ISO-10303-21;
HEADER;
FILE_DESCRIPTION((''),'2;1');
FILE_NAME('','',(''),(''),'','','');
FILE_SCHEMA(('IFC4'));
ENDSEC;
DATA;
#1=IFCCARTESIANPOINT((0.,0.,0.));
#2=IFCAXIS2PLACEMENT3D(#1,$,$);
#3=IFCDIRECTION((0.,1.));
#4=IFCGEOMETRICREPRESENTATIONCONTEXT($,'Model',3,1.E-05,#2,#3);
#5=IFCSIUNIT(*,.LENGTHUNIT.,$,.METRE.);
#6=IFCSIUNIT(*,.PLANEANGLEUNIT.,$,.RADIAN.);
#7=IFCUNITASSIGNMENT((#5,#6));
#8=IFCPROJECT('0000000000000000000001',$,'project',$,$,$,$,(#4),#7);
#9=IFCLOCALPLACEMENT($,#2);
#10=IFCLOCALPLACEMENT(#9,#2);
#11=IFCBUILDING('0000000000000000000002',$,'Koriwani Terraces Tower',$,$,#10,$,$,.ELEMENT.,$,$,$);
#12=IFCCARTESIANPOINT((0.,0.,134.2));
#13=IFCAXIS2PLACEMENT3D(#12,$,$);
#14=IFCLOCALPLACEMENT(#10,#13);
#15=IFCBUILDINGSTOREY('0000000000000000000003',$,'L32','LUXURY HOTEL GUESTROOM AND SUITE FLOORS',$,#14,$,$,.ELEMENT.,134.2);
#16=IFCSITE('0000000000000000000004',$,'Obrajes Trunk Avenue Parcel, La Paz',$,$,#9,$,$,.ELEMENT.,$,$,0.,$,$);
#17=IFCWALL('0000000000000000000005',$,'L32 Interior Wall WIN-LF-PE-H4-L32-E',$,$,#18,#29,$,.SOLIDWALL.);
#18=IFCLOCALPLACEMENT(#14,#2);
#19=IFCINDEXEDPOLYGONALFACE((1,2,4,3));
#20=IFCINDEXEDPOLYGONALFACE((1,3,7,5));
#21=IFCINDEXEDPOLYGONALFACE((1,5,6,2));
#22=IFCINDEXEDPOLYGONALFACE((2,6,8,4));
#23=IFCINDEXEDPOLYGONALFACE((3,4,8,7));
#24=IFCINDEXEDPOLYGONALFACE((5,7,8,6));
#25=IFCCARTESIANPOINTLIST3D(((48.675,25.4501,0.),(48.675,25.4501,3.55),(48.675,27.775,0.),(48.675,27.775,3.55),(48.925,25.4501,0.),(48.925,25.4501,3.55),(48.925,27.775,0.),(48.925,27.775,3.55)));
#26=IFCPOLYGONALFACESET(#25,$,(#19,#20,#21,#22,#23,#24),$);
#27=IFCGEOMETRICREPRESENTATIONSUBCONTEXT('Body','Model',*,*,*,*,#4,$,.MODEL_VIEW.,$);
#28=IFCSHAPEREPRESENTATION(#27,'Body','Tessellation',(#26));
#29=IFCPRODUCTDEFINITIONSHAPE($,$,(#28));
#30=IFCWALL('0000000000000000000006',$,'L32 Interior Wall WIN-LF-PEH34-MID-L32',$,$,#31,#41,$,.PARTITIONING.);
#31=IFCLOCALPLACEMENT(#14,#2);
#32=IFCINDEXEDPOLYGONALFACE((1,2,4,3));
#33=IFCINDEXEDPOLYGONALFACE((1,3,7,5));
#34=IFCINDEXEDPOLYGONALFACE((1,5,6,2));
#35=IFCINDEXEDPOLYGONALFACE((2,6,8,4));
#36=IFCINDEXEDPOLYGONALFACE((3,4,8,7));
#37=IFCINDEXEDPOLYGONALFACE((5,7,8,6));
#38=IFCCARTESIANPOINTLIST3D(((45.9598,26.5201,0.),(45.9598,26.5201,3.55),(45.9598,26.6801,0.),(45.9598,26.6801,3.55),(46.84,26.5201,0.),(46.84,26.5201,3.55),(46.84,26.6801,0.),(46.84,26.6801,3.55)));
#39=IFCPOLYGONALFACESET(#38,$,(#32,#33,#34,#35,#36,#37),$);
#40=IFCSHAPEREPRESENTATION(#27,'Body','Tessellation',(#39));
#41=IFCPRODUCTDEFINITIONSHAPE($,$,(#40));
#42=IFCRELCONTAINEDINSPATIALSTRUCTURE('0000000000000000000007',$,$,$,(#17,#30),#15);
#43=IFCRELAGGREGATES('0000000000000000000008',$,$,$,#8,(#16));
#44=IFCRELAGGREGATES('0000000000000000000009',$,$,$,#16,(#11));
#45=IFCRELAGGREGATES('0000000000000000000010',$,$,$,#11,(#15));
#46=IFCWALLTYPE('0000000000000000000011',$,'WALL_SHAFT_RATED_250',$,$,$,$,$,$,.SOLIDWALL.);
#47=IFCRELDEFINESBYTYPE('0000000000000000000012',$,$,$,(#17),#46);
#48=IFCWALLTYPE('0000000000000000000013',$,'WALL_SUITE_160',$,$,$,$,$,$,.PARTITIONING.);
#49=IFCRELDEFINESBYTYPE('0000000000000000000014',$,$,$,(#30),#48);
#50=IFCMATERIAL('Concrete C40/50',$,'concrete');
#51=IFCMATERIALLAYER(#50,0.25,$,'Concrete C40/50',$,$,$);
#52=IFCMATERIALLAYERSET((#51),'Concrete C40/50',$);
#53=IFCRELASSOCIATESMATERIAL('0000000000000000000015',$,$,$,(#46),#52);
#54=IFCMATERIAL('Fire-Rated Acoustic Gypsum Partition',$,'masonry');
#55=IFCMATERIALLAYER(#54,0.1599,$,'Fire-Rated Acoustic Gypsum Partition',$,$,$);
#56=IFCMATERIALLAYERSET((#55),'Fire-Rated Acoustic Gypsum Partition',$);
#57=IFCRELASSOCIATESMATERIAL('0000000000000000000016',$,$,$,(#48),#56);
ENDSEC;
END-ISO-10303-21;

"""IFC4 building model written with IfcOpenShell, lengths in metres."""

from ifc_helpers import new_model, si_unit, direction, frame, frame_2d, origin, place, context, subcontext, project, spatial, rectangle, extrude, material, layer, layer_set, type_object, element, save


model = new_model("IFC4")

# Units and contexts
model_context = context("Model", 3, precision=1e-05, world=origin(), true_north=direction((0.0, 1.0)))
body_context = subcontext(model_context, "Body", "Model", "MODEL_VIEW")
ifc_project = project(units=[si_unit("LENGTHUNIT", "METRE"), si_unit("PLANEANGLEUNIT", "RADIAN")], contexts=[model_context])

# Site, building, storey
site_placement = place(None, origin())
site = spatial("IfcSite", under=ifc_project, at=site_placement, Name="Obrajes Trunk Avenue Parcel, La Paz", CompositionType="ELEMENT", RefElevation=0.0)
building_placement = place(site_placement, origin())
building = spatial("IfcBuilding", under=site, at=building_placement, Name="Koriwani Terraces Tower", CompositionType="ELEMENT")
storey_placement = place(building_placement, frame((0.0, 0.0, 134.2)))
storey = spatial("IfcBuildingStorey", under=building, at=storey_placement, Name="L32", Description="LUXURY HOTEL GUESTROOM AND SUITE FLOORS", CompositionType="ELEMENT", Elevation=134.2)

# Shared definitions
ifc_material_1 = material(Name="Concrete C40/50", Category="concrete")

# Walls
ifc_layer_1 = layer(ifc_material_1, 0.25, Name="Concrete C40/50")
ifc_layer_set_1 = layer_set([ifc_layer_1], Name="Concrete C40/50")
wall_type_1 = type_object("IfcWallType", Name="WALL_SHAFT_RATED_250", PredefinedType="SOLIDWALL", material=ifc_layer_set_1)
for number, where, z_axis, x_axis, name in (
    (1, (48.8, 25.45, 0.0), (0.0, 0.0, 1.0), (0.0, 1.0, 0.0), "L32 Interior Wall WIN-LF-PE-H4-L32-E"),
):
    element("IfcWall", number, at=place(storey_placement, frame(where, z_axis=z_axis, x_axis=x_axis)), inside=storey, type_object=wall_type_1, Name=name, PredefinedType="SOLIDWALL", context=body_context, shape_type="SweptSolid", body=[
        extrude(rectangle(XDim=2.325, YDim=0.25, at=frame_2d((1.1626, 0.0))), origin(), (0.0, 0.0, 1.0), 3.55),
    ])
ifc_material_2 = material(Name="Fire-Rated Acoustic Gypsum Partition", Category="masonry")
ifc_layer_2 = layer(ifc_material_2, 0.1599, Name="Fire-Rated Acoustic Gypsum Partition")
ifc_layer_set_2 = layer_set([ifc_layer_2], Name="Fire-Rated Acoustic Gypsum Partition")
wall_type_2 = type_object("IfcWallType", Name="WALL_SUITE_160", PredefinedType="PARTITIONING", material=ifc_layer_set_2)
wall_1_placement = place(storey_placement, frame((45.96, 26.6001, 0.0), z_axis=(0.0, 0.0, 1.0), x_axis=(1.0, 0.0, 0.0)))
element("IfcWall", 2, at=wall_1_placement, inside=storey, type_object=wall_type_2, Name="L32 Interior Wall WIN-LF-PEH34-MID-L32", PredefinedType="PARTITIONING", context=body_context, shape_type="SweptSolid", body=[
    extrude(rectangle(XDim=0.8801, YDim=0.1599, at=frame_2d((0.4399, 0.0))), origin(), (0.0, 0.0, 1.0), 3.55),
])

save(model, "model.ifc")
